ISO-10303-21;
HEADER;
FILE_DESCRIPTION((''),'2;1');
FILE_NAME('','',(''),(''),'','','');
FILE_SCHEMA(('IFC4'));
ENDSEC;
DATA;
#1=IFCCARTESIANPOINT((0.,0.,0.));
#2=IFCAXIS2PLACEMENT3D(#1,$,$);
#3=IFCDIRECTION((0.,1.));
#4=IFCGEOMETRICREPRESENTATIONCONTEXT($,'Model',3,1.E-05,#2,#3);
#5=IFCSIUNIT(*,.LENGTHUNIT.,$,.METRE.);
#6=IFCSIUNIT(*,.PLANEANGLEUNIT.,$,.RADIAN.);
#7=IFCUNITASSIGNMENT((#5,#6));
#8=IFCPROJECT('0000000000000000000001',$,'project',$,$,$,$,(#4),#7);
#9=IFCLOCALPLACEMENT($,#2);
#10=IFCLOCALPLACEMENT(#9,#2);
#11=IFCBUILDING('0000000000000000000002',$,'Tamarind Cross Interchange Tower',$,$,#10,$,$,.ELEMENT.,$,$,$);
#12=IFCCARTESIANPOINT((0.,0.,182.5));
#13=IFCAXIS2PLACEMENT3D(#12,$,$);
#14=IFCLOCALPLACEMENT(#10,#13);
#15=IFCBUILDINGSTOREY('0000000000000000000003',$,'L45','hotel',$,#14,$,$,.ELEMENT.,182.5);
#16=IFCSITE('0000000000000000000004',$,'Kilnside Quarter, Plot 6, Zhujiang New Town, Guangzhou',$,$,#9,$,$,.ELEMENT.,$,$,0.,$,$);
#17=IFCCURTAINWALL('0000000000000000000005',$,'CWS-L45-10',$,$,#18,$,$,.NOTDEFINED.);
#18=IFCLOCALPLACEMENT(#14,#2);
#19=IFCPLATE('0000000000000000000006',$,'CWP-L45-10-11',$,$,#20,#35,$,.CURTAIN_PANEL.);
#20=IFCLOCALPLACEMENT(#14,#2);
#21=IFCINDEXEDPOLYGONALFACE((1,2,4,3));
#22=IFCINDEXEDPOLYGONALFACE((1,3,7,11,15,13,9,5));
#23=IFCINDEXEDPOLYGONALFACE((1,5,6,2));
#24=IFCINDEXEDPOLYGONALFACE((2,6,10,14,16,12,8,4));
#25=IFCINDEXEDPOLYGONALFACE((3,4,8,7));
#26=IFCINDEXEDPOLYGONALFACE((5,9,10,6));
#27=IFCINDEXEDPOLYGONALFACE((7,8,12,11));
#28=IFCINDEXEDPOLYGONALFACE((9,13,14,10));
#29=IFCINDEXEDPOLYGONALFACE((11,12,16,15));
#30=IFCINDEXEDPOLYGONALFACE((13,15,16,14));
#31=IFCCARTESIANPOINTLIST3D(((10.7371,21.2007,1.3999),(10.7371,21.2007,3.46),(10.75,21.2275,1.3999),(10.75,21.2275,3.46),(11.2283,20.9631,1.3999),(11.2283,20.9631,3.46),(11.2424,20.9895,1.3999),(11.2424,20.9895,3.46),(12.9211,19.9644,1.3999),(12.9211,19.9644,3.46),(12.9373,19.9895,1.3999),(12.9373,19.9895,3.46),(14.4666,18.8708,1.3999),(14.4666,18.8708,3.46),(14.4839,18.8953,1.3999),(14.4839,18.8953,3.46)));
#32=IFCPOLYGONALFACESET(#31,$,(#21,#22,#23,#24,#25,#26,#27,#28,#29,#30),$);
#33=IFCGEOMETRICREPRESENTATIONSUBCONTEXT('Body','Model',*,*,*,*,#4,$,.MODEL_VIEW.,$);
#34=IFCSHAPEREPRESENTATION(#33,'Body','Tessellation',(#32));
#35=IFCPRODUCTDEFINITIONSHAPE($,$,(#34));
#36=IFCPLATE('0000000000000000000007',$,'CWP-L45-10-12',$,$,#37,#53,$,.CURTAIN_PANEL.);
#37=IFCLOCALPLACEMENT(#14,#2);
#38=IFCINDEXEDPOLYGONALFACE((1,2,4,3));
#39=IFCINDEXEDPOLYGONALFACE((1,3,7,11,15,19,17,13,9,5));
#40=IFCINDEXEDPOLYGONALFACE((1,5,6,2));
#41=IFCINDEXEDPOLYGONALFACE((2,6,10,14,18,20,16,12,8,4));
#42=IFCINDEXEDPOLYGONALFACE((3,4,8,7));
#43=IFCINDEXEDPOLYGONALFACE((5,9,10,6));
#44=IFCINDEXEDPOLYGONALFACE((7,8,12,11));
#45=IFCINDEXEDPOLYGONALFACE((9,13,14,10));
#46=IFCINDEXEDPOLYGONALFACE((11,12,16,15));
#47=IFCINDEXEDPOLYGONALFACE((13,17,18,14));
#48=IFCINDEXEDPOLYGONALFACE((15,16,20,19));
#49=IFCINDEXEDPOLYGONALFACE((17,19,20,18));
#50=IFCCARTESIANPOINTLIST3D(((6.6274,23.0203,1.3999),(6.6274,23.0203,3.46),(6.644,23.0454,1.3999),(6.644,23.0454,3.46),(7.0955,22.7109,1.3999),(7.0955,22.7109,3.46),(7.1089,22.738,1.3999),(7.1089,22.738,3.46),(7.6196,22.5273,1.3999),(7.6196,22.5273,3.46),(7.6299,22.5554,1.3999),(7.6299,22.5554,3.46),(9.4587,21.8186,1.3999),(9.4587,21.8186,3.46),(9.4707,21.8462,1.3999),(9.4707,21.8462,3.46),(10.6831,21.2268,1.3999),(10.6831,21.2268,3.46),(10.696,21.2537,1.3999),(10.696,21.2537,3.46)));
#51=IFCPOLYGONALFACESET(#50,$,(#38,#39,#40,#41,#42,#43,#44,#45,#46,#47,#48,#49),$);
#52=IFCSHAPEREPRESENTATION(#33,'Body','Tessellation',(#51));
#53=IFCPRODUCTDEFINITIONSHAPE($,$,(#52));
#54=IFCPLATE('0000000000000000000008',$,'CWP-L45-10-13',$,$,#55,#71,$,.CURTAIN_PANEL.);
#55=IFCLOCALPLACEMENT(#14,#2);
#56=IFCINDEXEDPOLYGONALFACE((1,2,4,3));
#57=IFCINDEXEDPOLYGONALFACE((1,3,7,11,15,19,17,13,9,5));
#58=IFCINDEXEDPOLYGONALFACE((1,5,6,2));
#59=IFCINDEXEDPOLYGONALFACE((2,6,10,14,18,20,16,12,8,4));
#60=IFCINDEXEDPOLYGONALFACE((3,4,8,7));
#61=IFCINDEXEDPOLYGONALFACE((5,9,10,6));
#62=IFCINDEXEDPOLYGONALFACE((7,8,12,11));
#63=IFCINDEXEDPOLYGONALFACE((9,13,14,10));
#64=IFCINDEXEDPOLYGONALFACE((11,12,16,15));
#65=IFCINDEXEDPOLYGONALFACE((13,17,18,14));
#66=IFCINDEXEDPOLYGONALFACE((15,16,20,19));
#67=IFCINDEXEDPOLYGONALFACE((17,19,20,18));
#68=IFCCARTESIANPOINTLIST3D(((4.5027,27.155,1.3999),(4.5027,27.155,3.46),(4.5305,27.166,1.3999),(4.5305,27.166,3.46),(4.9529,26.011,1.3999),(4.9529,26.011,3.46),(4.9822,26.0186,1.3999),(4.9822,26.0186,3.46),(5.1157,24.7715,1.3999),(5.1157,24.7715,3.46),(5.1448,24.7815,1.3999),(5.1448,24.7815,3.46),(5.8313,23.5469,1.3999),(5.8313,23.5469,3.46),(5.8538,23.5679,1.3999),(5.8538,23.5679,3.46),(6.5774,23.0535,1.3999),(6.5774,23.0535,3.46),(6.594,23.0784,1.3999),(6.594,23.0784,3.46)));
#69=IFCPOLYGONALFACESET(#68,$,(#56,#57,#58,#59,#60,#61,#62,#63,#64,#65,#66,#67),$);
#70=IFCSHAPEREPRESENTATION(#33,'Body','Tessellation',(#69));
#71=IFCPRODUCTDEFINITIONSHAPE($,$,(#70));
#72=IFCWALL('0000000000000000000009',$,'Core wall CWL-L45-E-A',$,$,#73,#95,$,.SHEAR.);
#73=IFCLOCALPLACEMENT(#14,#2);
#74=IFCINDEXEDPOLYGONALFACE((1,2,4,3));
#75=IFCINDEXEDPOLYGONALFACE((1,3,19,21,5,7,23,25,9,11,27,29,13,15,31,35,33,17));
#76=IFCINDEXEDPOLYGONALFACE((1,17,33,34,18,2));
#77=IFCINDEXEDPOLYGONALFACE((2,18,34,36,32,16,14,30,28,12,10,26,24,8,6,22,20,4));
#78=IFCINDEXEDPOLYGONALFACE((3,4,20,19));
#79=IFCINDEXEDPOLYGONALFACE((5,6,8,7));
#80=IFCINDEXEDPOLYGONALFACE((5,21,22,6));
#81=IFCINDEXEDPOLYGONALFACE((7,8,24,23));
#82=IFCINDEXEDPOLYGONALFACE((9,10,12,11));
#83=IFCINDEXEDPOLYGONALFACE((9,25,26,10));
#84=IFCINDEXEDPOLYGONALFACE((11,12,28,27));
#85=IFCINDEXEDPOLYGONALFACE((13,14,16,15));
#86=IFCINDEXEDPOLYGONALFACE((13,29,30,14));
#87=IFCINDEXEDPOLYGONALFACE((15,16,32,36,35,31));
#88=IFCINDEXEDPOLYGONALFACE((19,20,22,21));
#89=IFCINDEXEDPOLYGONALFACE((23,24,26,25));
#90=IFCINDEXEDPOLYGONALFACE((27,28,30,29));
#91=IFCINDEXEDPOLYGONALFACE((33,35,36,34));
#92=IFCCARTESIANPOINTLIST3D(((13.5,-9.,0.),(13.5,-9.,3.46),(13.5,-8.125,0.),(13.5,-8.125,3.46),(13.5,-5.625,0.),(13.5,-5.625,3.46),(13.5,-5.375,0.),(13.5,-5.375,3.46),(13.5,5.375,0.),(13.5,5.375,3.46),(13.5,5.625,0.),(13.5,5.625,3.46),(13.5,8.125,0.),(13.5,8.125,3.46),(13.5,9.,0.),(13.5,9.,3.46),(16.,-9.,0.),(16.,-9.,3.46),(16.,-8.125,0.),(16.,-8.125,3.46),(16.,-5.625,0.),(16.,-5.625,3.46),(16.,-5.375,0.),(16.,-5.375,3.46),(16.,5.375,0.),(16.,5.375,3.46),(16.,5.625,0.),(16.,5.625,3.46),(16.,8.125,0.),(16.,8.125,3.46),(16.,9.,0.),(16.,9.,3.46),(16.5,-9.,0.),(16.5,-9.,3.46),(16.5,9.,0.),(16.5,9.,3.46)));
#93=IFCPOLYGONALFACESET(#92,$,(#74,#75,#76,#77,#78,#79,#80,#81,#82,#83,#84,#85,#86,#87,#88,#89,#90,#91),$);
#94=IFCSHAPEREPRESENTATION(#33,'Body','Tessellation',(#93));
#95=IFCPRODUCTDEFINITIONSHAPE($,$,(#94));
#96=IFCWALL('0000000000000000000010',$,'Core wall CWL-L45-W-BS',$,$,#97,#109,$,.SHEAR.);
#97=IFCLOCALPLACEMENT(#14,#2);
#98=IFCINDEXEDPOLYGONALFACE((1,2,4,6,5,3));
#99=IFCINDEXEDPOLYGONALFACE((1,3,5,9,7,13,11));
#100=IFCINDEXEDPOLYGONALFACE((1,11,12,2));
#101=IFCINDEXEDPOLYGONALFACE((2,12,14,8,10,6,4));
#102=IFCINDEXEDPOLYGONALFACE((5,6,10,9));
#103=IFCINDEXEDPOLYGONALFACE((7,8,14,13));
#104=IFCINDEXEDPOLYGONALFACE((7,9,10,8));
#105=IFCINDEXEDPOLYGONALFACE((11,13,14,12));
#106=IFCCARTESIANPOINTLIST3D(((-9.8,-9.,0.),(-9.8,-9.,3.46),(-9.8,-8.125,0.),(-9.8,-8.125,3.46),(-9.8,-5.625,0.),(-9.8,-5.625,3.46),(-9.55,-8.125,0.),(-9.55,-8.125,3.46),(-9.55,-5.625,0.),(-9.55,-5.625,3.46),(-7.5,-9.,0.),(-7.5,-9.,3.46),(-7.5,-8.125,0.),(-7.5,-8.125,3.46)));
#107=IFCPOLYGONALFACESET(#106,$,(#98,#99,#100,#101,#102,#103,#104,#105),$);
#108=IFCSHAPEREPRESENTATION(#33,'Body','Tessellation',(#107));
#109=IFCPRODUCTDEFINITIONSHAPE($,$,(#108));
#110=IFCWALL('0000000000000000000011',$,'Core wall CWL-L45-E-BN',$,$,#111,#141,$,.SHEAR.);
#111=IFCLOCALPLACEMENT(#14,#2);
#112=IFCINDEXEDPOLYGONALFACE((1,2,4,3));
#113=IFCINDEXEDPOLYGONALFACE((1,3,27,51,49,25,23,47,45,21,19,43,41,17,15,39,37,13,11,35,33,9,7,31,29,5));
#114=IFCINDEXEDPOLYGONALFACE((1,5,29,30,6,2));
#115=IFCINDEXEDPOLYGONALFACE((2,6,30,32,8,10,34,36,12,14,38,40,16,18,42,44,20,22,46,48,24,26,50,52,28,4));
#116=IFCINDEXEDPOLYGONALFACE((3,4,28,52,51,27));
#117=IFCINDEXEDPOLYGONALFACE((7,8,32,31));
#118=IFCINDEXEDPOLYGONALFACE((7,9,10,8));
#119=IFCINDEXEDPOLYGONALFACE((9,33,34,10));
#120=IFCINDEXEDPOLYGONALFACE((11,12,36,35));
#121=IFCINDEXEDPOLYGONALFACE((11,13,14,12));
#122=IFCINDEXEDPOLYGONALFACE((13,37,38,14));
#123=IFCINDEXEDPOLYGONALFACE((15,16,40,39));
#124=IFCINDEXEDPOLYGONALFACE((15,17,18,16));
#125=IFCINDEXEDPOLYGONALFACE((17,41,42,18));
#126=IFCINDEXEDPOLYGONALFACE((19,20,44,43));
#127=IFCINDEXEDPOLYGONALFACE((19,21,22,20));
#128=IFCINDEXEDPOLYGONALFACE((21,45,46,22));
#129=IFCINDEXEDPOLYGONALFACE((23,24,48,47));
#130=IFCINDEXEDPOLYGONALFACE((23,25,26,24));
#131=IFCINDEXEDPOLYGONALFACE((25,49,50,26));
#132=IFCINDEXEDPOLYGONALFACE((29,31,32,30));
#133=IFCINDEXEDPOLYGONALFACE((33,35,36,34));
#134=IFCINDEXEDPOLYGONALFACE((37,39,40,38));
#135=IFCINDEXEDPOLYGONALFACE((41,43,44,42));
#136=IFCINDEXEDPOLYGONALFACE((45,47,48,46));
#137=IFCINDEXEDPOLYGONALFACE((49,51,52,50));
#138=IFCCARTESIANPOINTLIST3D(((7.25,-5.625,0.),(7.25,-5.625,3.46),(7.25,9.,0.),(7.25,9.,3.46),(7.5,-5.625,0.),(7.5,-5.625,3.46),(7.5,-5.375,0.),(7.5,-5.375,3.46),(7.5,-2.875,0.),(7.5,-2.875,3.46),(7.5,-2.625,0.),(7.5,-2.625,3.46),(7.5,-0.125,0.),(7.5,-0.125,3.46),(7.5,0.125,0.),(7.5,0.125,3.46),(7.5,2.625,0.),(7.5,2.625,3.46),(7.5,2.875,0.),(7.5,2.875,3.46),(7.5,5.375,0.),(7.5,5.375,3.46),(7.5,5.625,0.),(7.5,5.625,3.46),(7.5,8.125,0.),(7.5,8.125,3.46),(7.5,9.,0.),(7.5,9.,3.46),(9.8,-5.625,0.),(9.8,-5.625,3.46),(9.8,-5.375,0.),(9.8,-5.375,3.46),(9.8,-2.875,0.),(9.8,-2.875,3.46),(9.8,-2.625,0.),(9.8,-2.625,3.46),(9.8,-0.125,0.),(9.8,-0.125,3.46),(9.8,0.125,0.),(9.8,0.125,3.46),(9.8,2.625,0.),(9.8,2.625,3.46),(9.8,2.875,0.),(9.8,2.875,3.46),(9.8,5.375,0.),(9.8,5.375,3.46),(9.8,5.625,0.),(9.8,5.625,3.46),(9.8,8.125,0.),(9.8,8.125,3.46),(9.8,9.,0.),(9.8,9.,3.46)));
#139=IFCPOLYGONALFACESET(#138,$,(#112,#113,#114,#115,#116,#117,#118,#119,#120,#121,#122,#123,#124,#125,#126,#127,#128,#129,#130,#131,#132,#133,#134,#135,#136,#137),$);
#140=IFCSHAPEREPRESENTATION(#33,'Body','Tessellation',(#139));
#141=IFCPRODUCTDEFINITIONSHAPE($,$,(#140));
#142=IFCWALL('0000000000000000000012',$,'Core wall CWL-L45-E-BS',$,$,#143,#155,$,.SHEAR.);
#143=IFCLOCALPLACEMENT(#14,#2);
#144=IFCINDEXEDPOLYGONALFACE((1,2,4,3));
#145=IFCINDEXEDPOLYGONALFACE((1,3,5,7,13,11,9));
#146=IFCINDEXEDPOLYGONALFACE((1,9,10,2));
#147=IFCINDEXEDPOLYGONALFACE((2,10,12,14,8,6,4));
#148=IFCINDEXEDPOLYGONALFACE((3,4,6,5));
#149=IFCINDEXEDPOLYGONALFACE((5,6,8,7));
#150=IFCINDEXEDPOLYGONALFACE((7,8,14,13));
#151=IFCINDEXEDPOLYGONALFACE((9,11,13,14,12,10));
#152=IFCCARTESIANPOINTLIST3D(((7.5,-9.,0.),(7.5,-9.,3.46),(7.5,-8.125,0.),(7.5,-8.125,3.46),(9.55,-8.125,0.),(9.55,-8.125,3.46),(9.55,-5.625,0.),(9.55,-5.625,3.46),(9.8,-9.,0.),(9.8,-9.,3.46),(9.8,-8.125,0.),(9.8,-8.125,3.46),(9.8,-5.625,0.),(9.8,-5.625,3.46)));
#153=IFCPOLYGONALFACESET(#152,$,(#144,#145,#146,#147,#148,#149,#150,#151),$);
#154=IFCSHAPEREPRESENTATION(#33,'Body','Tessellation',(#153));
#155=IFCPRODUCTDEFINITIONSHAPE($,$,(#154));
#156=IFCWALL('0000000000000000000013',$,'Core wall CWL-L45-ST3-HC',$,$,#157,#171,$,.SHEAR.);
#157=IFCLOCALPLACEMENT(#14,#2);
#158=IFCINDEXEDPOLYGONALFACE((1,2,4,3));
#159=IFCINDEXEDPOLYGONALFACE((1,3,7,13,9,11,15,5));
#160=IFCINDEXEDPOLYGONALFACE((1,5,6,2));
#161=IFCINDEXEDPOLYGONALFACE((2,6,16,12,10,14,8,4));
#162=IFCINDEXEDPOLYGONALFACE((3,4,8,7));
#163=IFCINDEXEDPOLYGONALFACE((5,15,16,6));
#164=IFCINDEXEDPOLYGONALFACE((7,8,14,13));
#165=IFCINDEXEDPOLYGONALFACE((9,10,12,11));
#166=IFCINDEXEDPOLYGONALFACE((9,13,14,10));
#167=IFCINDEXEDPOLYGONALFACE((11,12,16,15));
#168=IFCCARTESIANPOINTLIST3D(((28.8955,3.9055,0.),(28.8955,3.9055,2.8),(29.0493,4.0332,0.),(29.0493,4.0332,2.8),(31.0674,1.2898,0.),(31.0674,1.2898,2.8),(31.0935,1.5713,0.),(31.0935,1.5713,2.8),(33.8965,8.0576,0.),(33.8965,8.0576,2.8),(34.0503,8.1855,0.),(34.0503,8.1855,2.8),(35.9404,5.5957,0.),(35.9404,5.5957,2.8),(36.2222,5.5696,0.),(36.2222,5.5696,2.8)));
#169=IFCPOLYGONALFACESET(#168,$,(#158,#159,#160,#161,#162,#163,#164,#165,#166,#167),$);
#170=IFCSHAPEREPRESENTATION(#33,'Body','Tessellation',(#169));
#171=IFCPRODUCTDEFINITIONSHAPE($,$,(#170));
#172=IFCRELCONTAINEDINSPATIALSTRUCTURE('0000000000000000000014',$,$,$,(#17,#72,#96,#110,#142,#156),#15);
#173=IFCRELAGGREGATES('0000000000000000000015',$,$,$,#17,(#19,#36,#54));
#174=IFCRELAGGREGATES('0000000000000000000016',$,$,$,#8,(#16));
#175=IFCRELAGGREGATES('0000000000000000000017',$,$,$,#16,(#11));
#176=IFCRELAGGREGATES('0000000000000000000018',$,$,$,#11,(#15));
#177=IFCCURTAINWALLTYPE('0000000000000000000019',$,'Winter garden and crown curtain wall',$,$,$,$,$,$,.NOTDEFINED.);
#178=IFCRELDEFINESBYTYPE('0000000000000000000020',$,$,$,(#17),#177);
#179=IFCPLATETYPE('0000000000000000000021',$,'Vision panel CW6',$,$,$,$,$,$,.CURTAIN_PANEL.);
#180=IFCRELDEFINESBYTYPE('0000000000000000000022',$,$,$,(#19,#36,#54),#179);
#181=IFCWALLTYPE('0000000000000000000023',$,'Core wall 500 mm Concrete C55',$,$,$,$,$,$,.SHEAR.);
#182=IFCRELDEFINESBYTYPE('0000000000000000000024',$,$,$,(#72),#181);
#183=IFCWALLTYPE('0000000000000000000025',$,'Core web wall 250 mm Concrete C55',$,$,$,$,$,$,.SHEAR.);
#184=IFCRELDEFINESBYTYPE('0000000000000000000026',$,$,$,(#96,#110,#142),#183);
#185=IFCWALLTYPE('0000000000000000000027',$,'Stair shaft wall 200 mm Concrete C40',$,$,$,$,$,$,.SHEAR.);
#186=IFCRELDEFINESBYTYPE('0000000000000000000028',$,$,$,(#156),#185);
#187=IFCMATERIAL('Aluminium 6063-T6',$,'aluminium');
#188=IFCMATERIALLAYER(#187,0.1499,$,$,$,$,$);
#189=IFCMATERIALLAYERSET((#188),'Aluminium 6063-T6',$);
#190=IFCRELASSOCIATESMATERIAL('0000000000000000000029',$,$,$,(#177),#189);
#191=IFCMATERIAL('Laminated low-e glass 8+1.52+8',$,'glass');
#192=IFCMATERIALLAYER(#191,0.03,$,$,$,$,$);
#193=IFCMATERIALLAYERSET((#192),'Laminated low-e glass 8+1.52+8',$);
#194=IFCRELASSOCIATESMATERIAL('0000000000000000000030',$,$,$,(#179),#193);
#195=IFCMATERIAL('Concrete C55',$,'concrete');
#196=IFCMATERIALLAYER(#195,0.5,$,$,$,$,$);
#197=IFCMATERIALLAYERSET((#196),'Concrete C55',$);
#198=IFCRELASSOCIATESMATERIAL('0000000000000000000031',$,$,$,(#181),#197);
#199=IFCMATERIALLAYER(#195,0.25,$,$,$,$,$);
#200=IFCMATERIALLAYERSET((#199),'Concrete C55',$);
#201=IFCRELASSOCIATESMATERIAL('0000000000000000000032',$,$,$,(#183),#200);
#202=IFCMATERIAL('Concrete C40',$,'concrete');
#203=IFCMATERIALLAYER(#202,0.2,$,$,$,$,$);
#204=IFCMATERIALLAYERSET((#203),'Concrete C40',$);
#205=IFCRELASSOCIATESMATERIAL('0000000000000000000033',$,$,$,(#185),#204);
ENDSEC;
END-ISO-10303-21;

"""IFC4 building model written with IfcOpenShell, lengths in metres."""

from ifc_helpers import new_model, si_unit, direction, frame, origin, place, context, subcontext, project, spatial, polyline, outline, extrude, material, layer, layer_set, type_object, element, aggregate, save


model = new_model("IFC4")

# Units and contexts
model_context = context("Model", 3, precision=1e-05, world=origin(), true_north=direction((0.0, 1.0)))
body_context = subcontext(model_context, "Body", "Model", "MODEL_VIEW")
ifc_project = project(units=[si_unit("LENGTHUNIT", "METRE"), si_unit("PLANEANGLEUNIT", "RADIAN")], contexts=[model_context])

# Site, building, storey
site_placement = place(None, origin())
site = spatial("IfcSite", under=ifc_project, at=site_placement, Name="Kilnside Quarter, Plot 6, Zhujiang New Town, Guangzhou", CompositionType="ELEMENT", RefElevation=0.0)
building_placement = place(site_placement, origin())
building = spatial("IfcBuilding", under=site, at=building_placement, Name="Tamarind Cross Interchange Tower", CompositionType="ELEMENT")
storey_placement = place(building_placement, frame((0.0, 0.0, 182.5)))
storey = spatial("IfcBuildingStorey", under=building, at=storey_placement, Name="L45", Description="hotel", CompositionType="ELEMENT", Elevation=182.5)

# Shared definitions
ifc_material_1 = material(Name="Concrete C40", Category="concrete")

# Curtain wall, plates
ifc_material_2 = material(Name="Aluminium 6063-T6", Category="aluminium")
ifc_layer_1 = layer(ifc_material_2, 0.1499)
ifc_layer_set_1 = layer_set([ifc_layer_1], Name="Aluminium 6063-T6")
curtain_wall_type_1 = type_object("IfcCurtainWallType", Name="Winter garden and crown curtain wall", PredefinedType="NOTDEFINED", material=ifc_layer_set_1)
curtain_wall_1_placement = place(storey_placement, origin())
curtain_wall_1 = element("IfcCurtainWall", 1, at=curtain_wall_1_placement, inside=storey, type_object=curtain_wall_type_1, Name="CWS-L45-10", PredefinedType="NOTDEFINED")
ifc_material_3 = material(Name="Laminated low-e glass 8+1.52+8", Category="glass")
ifc_layer_2 = layer(ifc_material_3, 0.03)
ifc_layer_set_2 = layer_set([ifc_layer_2], Name="Laminated low-e glass 8+1.52+8")
plate_type_1 = type_object("IfcPlateType", Name="Vision panel CW6", PredefinedType="CURTAIN_PANEL", material=ifc_layer_set_2)
plate_1_placement = place(storey_placement, frame((0.0, 0.0, 1.3999)))
plate_1 = element("IfcPlate", 2, at=plate_1_placement, type_object=plate_type_1, Name="CWP-L45-10-11", PredefinedType="CURTAIN_PANEL", context=body_context, shape_type="SweptSolid", body=[
    extrude(outline(polyline([(14.4666, 18.8708), (12.9211, 19.9644), (11.2283, 20.9631), (10.7371, 21.2007), (10.75, 21.2275), (11.2424, 20.9895), (12.9373, 19.9895), (14.4839, 18.8953), (14.4666, 18.8708)])), origin(), (0.0, 0.0, 1.0), 2.0601),
])
plate_2_placement = place(storey_placement, frame((0.0, 0.0, 1.3999)))
plate_2 = element("IfcPlate", 3, at=plate_2_placement, type_object=plate_type_1, Name="CWP-L45-10-12", PredefinedType="CURTAIN_PANEL", context=body_context, shape_type="SweptSolid", body=[
    extrude(outline(polyline([(10.6831, 21.2268), (9.4587, 21.8186), (7.6196, 22.5273), (7.0955, 22.7109), (6.6274, 23.0203), (6.644, 23.0454), (7.1089, 22.738), (7.6299, 22.5554), (9.4707, 21.8462), (10.696, 21.2537), (10.6831, 21.2268)])), origin(), (0.0, 0.0, 1.0), 2.0601),
])
plate_3_placement = place(storey_placement, frame((0.0, 0.0, 1.3999)))
plate_3 = element("IfcPlate", 4, at=plate_3_placement, type_object=plate_type_1, Name="CWP-L45-10-13", PredefinedType="CURTAIN_PANEL", context=body_context, shape_type="SweptSolid", body=[
    extrude(outline(polyline([(6.5774, 23.0535), (5.8313, 23.5469), (5.1157, 24.7715), (4.9529, 26.011), (4.5027, 27.155), (4.5305, 27.166), (4.9822, 26.0186), (5.1448, 24.7815), (5.8538, 23.5679), (6.594, 23.0784), (6.5774, 23.0535)])), origin(), (0.0, 0.0, 1.0), 2.0601),
])
aggregate(curtain_wall_1, [plate_1, plate_2, plate_3])

# Walls
ifc_material_4 = material(Name="Concrete C55", Category="concrete")
ifc_layer_3 = layer(ifc_material_4, 0.5)
ifc_layer_set_3 = layer_set([ifc_layer_3], Name="Concrete C55")
wall_type_1 = type_object("IfcWallType", Name="Core wall 500 mm Concrete C55", PredefinedType="SHEAR", material=ifc_layer_set_3)
wall_1_placement = place(storey_placement, origin())
element("IfcWall", 5, at=wall_1_placement, inside=storey, type_object=wall_type_1, Name="Core wall CWL-L45-E-A", PredefinedType="SHEAR", context=body_context, shape_type="SweptSolid", body=[
    extrude(outline(polyline([(13.5, -8.125), (13.5, -9.0), (16.0, -9.0), (16.5, -9.0), (16.5, 9.0), (16.0, 9.0), (13.5, 9.0), (13.5, 8.125), (16.0, 8.125), (16.0, 5.625), (13.5, 5.625), (13.5, 5.375), (16.0, 5.375), (16.0, -5.375), (13.5, -5.375), (13.5, -5.625), (16.0, -5.625), (16.0, -8.125), (13.5, -8.125)])), origin(), (0.0, 0.0, 1.0), 3.46),
])
ifc_layer_4 = layer(ifc_material_4, 0.25)
ifc_layer_set_4 = layer_set([ifc_layer_4], Name="Concrete C55")
wall_type_2 = type_object("IfcWallType", Name="Core web wall 250 mm Concrete C55", PredefinedType="SHEAR", material=ifc_layer_set_4)
wall_2_placement = place(storey_placement, origin())
element("IfcWall", 6, at=wall_2_placement, inside=storey, type_object=wall_type_2, Name="Core wall CWL-L45-W-BS", PredefinedType="SHEAR", context=body_context, shape_type="SweptSolid", body=[
    extrude(outline(polyline([(-7.5, -8.125), (-9.55, -8.125), (-9.55, -5.625), (-9.8, -5.625), (-9.8, -8.125), (-9.8, -9.0), (-7.5, -9.0), (-7.5, -8.125)])), origin(), (0.0, 0.0, 1.0), 3.46),
])
wall_3_placement = place(storey_placement, origin())
element("IfcWall", 7, at=wall_3_placement, inside=storey, type_object=wall_type_2, Name="Core wall CWL-L45-E-BN", PredefinedType="SHEAR", context=body_context, shape_type="SweptSolid", body=[
    extrude(outline(polyline([(9.8, -5.375), (7.5, -5.375), (7.5, -2.875), (9.8, -2.875), (9.8, -2.625), (7.5, -2.625), (7.5, -0.125), (9.8, -0.125), (9.8, 0.125), (7.5, 0.125), (7.5, 2.625), (9.8, 2.625), (9.8, 2.875), (7.5, 2.875), (7.5, 5.375), (9.8, 5.375), (9.8, 5.625), (7.5, 5.625), (7.5, 8.125), (9.8, 8.125), (9.8, 9.0), (7.5, 9.0), (7.25, 9.0), (7.25, -5.625), (7.5, -5.625), (9.8, -5.625), (9.8, -5.375)])), origin(), (0.0, 0.0, 1.0), 3.46),
])
wall_4_placement = place(storey_placement, origin())
element("IfcWall", 8, at=wall_4_placement, inside=storey, type_object=wall_type_2, Name="Core wall CWL-L45-E-BS", PredefinedType="SHEAR", context=body_context, shape_type="SweptSolid", body=[
    extrude(outline(polyline([(7.5, -8.125), (7.5, -9.0), (9.8, -9.0), (9.8, -8.125), (9.8, -5.625), (9.55, -5.625), (9.55, -8.125), (7.5, -8.125)])), origin(), (0.0, 0.0, 1.0), 3.46),
])
ifc_layer_5 = layer(ifc_material_1, 0.2)
ifc_layer_set_5 = layer_set([ifc_layer_5], Name="Concrete C40")
wall_type_3 = type_object("IfcWallType", Name="Stair shaft wall 200 mm Concrete C40", PredefinedType="SHEAR", material=ifc_layer_set_5)
wall_5_placement = place(storey_placement, origin())
element("IfcWall", 9, at=wall_5_placement, inside=storey, type_object=wall_type_3, Name="Core wall CWL-L45-ST3-HC", PredefinedType="SHEAR", context=body_context, shape_type="SweptSolid", body=[
    extrude(outline(polyline([(31.0674, 1.2898), (36.2222, 5.5696), (34.0503, 8.1855), (33.8965, 8.0576), (35.9404, 5.5957), (31.0935, 1.5713), (29.0493, 4.0332), (28.8955, 3.9055), (31.0674, 1.2898)])), origin(), (0.0, 0.0, 1.0), 2.8),
])

save(model, "model.ifc")
